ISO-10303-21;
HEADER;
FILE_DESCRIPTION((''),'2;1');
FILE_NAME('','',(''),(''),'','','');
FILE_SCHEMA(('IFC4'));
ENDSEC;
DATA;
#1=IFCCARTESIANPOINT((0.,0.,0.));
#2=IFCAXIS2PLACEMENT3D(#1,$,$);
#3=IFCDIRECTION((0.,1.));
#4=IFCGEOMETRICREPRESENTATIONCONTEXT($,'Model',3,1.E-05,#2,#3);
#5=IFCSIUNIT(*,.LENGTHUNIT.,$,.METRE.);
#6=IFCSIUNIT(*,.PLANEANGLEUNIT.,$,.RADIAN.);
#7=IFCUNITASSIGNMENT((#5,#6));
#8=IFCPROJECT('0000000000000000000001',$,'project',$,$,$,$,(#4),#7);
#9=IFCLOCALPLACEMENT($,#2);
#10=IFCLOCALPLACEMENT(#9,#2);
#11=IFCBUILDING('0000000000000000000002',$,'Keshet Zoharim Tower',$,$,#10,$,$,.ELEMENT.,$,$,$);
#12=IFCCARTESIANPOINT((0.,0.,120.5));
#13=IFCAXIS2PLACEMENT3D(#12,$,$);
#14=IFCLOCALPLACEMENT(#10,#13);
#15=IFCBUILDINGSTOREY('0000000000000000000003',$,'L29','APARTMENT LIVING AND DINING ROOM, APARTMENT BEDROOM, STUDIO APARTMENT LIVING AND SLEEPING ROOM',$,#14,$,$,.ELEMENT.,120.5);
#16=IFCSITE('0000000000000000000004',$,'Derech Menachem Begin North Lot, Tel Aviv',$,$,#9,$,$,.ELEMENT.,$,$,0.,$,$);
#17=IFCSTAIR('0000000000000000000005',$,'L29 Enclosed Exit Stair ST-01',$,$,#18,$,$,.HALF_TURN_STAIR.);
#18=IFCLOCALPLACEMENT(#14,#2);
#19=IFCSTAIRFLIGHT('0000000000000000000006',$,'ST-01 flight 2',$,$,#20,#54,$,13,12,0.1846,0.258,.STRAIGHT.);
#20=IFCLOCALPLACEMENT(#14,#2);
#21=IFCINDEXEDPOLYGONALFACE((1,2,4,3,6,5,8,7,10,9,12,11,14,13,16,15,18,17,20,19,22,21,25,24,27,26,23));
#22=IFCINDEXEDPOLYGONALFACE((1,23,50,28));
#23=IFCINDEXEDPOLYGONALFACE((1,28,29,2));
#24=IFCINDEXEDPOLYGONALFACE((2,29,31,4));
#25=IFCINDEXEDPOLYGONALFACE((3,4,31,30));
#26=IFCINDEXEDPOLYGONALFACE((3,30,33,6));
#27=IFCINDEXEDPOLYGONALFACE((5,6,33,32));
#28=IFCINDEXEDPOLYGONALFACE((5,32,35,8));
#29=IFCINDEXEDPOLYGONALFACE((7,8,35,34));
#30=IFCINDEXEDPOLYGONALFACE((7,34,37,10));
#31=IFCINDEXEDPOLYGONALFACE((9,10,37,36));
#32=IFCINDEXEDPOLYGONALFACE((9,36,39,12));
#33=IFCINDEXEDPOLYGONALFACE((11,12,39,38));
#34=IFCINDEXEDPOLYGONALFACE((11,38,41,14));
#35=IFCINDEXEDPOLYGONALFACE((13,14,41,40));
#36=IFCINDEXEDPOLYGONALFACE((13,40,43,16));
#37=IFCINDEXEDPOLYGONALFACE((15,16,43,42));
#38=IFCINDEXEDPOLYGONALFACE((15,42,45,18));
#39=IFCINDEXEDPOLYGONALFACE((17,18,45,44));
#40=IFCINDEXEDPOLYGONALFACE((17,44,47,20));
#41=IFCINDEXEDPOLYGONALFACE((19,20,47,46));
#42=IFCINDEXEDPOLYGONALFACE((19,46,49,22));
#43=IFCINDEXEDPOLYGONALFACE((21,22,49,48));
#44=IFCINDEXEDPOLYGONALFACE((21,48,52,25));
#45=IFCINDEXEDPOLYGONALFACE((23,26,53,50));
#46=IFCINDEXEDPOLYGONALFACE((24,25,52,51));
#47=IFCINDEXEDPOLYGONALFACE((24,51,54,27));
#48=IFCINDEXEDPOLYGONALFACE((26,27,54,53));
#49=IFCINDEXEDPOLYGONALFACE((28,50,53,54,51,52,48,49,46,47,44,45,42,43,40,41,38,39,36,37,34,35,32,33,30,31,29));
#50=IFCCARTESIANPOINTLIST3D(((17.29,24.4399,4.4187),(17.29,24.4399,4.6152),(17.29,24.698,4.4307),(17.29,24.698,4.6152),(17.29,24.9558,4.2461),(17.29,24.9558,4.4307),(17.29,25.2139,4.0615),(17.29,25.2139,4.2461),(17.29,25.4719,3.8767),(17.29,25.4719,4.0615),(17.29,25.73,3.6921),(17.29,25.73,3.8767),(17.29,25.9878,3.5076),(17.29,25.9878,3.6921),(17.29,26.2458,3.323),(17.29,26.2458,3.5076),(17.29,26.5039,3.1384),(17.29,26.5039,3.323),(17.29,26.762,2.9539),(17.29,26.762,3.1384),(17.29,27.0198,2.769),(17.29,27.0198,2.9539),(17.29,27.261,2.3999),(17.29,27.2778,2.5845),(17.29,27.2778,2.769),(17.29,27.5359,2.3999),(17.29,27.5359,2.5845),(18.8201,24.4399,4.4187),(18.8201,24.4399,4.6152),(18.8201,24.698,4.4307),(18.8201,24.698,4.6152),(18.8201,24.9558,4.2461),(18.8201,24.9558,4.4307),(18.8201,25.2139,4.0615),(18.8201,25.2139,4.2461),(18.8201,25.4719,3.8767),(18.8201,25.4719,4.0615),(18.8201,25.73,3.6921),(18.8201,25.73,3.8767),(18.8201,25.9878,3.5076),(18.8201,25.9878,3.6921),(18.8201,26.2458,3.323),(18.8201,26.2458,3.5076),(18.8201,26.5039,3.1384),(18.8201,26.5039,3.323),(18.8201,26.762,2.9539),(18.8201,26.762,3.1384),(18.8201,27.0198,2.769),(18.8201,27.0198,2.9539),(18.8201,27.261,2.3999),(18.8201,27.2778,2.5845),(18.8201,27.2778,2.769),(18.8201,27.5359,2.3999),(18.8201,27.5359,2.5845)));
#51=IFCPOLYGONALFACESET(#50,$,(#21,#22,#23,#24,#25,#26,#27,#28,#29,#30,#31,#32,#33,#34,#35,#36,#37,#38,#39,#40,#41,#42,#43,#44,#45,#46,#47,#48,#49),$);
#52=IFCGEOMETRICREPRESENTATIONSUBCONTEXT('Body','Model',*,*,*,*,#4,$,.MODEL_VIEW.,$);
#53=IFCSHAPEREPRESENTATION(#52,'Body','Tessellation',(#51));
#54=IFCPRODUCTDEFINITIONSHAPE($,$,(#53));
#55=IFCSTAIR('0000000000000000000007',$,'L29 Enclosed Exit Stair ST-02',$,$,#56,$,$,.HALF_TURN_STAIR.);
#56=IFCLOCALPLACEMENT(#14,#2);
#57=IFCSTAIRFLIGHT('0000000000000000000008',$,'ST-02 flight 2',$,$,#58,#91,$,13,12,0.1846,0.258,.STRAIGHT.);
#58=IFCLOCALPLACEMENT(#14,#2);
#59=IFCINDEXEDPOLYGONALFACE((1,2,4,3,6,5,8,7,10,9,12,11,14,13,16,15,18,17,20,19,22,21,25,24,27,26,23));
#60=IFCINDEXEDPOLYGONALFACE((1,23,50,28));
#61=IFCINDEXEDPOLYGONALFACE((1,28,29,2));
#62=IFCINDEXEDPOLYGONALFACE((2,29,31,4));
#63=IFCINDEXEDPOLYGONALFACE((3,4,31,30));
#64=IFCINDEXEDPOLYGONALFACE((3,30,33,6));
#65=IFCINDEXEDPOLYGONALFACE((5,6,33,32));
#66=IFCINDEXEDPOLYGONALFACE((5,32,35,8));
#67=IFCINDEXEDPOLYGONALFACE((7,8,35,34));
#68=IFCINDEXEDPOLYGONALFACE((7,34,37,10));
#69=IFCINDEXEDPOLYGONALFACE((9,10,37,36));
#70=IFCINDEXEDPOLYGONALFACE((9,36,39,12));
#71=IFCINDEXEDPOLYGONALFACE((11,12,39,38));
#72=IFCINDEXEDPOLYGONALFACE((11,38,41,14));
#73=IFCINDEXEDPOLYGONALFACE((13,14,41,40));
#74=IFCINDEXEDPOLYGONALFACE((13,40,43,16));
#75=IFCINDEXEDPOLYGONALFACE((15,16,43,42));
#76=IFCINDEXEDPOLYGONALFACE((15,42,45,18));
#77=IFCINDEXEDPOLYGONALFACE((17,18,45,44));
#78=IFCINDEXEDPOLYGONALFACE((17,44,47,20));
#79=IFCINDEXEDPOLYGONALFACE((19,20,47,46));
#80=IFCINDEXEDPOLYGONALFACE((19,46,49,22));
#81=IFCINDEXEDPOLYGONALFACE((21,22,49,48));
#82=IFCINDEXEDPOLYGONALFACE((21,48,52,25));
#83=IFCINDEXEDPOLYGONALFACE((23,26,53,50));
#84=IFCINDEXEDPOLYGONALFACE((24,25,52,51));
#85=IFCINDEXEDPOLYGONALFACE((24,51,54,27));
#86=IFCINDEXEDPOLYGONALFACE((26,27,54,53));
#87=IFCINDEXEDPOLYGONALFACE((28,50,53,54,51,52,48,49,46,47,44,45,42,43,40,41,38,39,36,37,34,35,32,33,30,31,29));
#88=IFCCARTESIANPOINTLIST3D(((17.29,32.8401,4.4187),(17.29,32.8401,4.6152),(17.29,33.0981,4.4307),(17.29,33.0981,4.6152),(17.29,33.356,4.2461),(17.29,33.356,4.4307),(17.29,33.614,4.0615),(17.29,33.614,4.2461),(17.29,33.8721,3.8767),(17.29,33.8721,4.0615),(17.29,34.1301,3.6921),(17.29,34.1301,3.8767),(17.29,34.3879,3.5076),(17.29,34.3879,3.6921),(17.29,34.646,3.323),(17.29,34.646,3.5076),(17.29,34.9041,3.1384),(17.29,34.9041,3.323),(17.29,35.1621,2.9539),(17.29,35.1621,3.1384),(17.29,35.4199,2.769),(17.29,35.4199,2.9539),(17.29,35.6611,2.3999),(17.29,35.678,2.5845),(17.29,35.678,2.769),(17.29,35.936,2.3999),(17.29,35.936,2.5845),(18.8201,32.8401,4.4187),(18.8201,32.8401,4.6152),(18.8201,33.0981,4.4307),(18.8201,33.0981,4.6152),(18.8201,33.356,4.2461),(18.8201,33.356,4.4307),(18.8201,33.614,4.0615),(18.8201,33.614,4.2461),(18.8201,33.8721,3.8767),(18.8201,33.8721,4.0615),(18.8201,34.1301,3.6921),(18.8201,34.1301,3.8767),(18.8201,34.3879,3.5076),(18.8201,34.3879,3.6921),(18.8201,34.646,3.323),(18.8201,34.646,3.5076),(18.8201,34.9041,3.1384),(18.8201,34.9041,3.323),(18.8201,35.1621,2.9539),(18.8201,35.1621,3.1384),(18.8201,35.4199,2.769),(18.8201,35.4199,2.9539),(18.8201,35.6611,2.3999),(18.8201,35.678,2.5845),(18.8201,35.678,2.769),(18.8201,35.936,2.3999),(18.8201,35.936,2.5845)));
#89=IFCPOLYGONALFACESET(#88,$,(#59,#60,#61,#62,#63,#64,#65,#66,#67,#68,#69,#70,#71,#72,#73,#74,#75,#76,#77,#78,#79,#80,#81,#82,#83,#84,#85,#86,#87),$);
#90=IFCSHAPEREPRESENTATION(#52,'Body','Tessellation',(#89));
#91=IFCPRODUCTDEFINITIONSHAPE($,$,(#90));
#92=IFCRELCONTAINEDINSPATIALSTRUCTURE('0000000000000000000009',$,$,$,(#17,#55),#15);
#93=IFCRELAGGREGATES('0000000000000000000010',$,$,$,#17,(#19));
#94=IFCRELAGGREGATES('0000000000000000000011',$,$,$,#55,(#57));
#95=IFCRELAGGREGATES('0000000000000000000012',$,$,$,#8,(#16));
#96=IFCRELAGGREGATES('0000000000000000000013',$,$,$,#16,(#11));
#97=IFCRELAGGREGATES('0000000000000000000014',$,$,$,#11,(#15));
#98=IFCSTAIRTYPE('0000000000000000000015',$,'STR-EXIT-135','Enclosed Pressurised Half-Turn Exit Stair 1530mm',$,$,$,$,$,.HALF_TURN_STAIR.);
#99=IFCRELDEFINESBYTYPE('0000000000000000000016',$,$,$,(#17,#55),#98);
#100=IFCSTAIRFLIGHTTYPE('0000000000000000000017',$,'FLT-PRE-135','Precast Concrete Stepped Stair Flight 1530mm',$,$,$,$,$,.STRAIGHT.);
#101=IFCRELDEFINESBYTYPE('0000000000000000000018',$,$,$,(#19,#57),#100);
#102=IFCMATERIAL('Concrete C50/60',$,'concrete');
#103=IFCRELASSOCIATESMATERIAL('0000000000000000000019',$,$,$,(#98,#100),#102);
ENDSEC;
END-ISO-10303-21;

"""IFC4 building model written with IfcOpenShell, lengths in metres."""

from ifc_helpers import new_model, si_unit, direction, frame, origin, place, context, subcontext, project, spatial, polyline, outline, extrude, material, type_object, element, aggregate, save


model = new_model("IFC4")

# Units and contexts
model_context = context("Model", 3, precision=1e-05, world=origin(), true_north=direction((0.0, 1.0)))
body_context = subcontext(model_context, "Body", "Model", "MODEL_VIEW")
ifc_project = project(units=[si_unit("LENGTHUNIT", "METRE"), si_unit("PLANEANGLEUNIT", "RADIAN")], contexts=[model_context])

# Site, building, storey
site_placement = place(None, origin())
site = spatial("IfcSite", under=ifc_project, at=site_placement, Name="Derech Menachem Begin North Lot, Tel Aviv", CompositionType="ELEMENT", RefElevation=0.0)
building_placement = place(site_placement, origin())
building = spatial("IfcBuilding", under=site, at=building_placement, Name="Keshet Zoharim Tower", CompositionType="ELEMENT")
storey_placement = place(building_placement, frame((0.0, 0.0, 120.5)))
storey = spatial("IfcBuildingStorey", under=building, at=storey_placement, Name="L29", Description="APARTMENT LIVING AND DINING ROOM, APARTMENT BEDROOM, STUDIO APARTMENT LIVING AND SLEEPING ROOM", CompositionType="ELEMENT", Elevation=120.5)

# Shared definitions
ifc_material_1 = material(Name="Concrete C50/60", Category="concrete")

# Stairs, stair flights
stair_type = type_object("IfcStairType", Name="STR-EXIT-135", Description="Enclosed Pressurised Half-Turn Exit Stair 1530mm", PredefinedType="HALF_TURN_STAIR", material=ifc_material_1)
stair_1_placement = place(storey_placement, origin())
stair_1 = element("IfcStair", 1, at=stair_1_placement, inside=storey, type_object=stair_type, Name="L29 Enclosed Exit Stair ST-01", PredefinedType="HALF_TURN_STAIR")
stair_flight_type = type_object("IfcStairFlightType", Name="FLT-PRE-135", Description="Precast Concrete Stepped Stair Flight 1530mm", PredefinedType="STRAIGHT", material=ifc_material_1)
stair_flight_1_placement = place(storey_placement, frame((18.0549, 27.5359, 2.3999), z_axis=(0.0, 0.0, 1.0), x_axis=(0.0, -1.0, 0.0)))
stair_flight_1 = element("IfcStairFlight", 2, at=stair_flight_1_placement, type_object=stair_flight_type, Name="ST-01 flight 2", NumberOfRisers=13, NumberOfTreads=12, PredefinedType="STRAIGHT", RiserHeight=0.1846, TreadLength=0.258, context=body_context, shape_type="SweptSolid", body=[
    extrude(outline(polyline([(0.0, 0.0), (0.0, 0.1846), (0.2581, 0.1846), (0.2581, 0.3691), (0.5161, 0.3691), (0.5161, 0.554), (0.7739, 0.554), (0.7739, 0.7385), (1.032, 0.7385), (1.032, 0.9231), (1.29, 0.9231), (1.29, 1.1077), (1.5481, 1.1077), (1.5481, 1.2922), (1.8059, 1.2922), (1.8059, 1.4768), (2.064, 1.4768), (2.064, 1.6616), (2.322, 1.6616), (2.322, 1.8462), (2.5801, 1.8462), (2.5801, 2.0308), (2.8379, 2.0308), (2.8379, 2.2153), (3.0959, 2.2153), (3.0959, 2.3999), (3.0959, 2.0188), (0.2749, 0.0), (0.0, 0.0)])), frame((0.0, 0.7651, 0.0), z_axis=(0.0, -1.0, 0.0), x_axis=(1.0, 0.0, 0.0)), (0.0, 0.0, 1.0), 1.53),
])
aggregate(stair_1, [stair_flight_1])
stair_2_placement = place(storey_placement, origin())
stair_2 = element("IfcStair", 3, at=stair_2_placement, inside=storey, type_object=stair_type, Name="L29 Enclosed Exit Stair ST-02", PredefinedType="HALF_TURN_STAIR")
stair_flight_2_placement = place(storey_placement, frame((18.0549, 35.936, 2.3999), z_axis=(0.0, 0.0, 1.0), x_axis=(0.0, -1.0, 0.0)))
stair_flight_2 = element("IfcStairFlight", 4, at=stair_flight_2_placement, type_object=stair_flight_type, Name="ST-02 flight 2", NumberOfRisers=13, NumberOfTreads=12, PredefinedType="STRAIGHT", RiserHeight=0.1846, TreadLength=0.258, context=body_context, shape_type="SweptSolid", body=[
    extrude(outline(polyline([(0.0, 0.0), (0.0, 0.1846), (0.2581, 0.1846), (0.2581, 0.3691), (0.5161, 0.3691), (0.5161, 0.554), (0.7739, 0.554), (0.7739, 0.7385), (1.032, 0.7385), (1.032, 0.9231), (1.29, 0.9231), (1.29, 1.1077), (1.5481, 1.1077), (1.5481, 1.2922), (1.8059, 1.2922), (1.8059, 1.4768), (2.064, 1.4768), (2.064, 1.6616), (2.322, 1.6616), (2.322, 1.8462), (2.5801, 1.8462), (2.5801, 2.0308), (2.8379, 2.0308), (2.8379, 2.2153), (3.0959, 2.2153), (3.0959, 2.3999), (3.0959, 2.0188), (0.2749, 0.0), (0.0, 0.0)])), frame((0.0, 0.7651, 0.0), z_axis=(0.0, -1.0, 0.0), x_axis=(1.0, 0.0, 0.0)), (0.0, 0.0, 1.0), 1.53),
])
aggregate(stair_2, [stair_flight_2])

save(model, "model.ifc")
